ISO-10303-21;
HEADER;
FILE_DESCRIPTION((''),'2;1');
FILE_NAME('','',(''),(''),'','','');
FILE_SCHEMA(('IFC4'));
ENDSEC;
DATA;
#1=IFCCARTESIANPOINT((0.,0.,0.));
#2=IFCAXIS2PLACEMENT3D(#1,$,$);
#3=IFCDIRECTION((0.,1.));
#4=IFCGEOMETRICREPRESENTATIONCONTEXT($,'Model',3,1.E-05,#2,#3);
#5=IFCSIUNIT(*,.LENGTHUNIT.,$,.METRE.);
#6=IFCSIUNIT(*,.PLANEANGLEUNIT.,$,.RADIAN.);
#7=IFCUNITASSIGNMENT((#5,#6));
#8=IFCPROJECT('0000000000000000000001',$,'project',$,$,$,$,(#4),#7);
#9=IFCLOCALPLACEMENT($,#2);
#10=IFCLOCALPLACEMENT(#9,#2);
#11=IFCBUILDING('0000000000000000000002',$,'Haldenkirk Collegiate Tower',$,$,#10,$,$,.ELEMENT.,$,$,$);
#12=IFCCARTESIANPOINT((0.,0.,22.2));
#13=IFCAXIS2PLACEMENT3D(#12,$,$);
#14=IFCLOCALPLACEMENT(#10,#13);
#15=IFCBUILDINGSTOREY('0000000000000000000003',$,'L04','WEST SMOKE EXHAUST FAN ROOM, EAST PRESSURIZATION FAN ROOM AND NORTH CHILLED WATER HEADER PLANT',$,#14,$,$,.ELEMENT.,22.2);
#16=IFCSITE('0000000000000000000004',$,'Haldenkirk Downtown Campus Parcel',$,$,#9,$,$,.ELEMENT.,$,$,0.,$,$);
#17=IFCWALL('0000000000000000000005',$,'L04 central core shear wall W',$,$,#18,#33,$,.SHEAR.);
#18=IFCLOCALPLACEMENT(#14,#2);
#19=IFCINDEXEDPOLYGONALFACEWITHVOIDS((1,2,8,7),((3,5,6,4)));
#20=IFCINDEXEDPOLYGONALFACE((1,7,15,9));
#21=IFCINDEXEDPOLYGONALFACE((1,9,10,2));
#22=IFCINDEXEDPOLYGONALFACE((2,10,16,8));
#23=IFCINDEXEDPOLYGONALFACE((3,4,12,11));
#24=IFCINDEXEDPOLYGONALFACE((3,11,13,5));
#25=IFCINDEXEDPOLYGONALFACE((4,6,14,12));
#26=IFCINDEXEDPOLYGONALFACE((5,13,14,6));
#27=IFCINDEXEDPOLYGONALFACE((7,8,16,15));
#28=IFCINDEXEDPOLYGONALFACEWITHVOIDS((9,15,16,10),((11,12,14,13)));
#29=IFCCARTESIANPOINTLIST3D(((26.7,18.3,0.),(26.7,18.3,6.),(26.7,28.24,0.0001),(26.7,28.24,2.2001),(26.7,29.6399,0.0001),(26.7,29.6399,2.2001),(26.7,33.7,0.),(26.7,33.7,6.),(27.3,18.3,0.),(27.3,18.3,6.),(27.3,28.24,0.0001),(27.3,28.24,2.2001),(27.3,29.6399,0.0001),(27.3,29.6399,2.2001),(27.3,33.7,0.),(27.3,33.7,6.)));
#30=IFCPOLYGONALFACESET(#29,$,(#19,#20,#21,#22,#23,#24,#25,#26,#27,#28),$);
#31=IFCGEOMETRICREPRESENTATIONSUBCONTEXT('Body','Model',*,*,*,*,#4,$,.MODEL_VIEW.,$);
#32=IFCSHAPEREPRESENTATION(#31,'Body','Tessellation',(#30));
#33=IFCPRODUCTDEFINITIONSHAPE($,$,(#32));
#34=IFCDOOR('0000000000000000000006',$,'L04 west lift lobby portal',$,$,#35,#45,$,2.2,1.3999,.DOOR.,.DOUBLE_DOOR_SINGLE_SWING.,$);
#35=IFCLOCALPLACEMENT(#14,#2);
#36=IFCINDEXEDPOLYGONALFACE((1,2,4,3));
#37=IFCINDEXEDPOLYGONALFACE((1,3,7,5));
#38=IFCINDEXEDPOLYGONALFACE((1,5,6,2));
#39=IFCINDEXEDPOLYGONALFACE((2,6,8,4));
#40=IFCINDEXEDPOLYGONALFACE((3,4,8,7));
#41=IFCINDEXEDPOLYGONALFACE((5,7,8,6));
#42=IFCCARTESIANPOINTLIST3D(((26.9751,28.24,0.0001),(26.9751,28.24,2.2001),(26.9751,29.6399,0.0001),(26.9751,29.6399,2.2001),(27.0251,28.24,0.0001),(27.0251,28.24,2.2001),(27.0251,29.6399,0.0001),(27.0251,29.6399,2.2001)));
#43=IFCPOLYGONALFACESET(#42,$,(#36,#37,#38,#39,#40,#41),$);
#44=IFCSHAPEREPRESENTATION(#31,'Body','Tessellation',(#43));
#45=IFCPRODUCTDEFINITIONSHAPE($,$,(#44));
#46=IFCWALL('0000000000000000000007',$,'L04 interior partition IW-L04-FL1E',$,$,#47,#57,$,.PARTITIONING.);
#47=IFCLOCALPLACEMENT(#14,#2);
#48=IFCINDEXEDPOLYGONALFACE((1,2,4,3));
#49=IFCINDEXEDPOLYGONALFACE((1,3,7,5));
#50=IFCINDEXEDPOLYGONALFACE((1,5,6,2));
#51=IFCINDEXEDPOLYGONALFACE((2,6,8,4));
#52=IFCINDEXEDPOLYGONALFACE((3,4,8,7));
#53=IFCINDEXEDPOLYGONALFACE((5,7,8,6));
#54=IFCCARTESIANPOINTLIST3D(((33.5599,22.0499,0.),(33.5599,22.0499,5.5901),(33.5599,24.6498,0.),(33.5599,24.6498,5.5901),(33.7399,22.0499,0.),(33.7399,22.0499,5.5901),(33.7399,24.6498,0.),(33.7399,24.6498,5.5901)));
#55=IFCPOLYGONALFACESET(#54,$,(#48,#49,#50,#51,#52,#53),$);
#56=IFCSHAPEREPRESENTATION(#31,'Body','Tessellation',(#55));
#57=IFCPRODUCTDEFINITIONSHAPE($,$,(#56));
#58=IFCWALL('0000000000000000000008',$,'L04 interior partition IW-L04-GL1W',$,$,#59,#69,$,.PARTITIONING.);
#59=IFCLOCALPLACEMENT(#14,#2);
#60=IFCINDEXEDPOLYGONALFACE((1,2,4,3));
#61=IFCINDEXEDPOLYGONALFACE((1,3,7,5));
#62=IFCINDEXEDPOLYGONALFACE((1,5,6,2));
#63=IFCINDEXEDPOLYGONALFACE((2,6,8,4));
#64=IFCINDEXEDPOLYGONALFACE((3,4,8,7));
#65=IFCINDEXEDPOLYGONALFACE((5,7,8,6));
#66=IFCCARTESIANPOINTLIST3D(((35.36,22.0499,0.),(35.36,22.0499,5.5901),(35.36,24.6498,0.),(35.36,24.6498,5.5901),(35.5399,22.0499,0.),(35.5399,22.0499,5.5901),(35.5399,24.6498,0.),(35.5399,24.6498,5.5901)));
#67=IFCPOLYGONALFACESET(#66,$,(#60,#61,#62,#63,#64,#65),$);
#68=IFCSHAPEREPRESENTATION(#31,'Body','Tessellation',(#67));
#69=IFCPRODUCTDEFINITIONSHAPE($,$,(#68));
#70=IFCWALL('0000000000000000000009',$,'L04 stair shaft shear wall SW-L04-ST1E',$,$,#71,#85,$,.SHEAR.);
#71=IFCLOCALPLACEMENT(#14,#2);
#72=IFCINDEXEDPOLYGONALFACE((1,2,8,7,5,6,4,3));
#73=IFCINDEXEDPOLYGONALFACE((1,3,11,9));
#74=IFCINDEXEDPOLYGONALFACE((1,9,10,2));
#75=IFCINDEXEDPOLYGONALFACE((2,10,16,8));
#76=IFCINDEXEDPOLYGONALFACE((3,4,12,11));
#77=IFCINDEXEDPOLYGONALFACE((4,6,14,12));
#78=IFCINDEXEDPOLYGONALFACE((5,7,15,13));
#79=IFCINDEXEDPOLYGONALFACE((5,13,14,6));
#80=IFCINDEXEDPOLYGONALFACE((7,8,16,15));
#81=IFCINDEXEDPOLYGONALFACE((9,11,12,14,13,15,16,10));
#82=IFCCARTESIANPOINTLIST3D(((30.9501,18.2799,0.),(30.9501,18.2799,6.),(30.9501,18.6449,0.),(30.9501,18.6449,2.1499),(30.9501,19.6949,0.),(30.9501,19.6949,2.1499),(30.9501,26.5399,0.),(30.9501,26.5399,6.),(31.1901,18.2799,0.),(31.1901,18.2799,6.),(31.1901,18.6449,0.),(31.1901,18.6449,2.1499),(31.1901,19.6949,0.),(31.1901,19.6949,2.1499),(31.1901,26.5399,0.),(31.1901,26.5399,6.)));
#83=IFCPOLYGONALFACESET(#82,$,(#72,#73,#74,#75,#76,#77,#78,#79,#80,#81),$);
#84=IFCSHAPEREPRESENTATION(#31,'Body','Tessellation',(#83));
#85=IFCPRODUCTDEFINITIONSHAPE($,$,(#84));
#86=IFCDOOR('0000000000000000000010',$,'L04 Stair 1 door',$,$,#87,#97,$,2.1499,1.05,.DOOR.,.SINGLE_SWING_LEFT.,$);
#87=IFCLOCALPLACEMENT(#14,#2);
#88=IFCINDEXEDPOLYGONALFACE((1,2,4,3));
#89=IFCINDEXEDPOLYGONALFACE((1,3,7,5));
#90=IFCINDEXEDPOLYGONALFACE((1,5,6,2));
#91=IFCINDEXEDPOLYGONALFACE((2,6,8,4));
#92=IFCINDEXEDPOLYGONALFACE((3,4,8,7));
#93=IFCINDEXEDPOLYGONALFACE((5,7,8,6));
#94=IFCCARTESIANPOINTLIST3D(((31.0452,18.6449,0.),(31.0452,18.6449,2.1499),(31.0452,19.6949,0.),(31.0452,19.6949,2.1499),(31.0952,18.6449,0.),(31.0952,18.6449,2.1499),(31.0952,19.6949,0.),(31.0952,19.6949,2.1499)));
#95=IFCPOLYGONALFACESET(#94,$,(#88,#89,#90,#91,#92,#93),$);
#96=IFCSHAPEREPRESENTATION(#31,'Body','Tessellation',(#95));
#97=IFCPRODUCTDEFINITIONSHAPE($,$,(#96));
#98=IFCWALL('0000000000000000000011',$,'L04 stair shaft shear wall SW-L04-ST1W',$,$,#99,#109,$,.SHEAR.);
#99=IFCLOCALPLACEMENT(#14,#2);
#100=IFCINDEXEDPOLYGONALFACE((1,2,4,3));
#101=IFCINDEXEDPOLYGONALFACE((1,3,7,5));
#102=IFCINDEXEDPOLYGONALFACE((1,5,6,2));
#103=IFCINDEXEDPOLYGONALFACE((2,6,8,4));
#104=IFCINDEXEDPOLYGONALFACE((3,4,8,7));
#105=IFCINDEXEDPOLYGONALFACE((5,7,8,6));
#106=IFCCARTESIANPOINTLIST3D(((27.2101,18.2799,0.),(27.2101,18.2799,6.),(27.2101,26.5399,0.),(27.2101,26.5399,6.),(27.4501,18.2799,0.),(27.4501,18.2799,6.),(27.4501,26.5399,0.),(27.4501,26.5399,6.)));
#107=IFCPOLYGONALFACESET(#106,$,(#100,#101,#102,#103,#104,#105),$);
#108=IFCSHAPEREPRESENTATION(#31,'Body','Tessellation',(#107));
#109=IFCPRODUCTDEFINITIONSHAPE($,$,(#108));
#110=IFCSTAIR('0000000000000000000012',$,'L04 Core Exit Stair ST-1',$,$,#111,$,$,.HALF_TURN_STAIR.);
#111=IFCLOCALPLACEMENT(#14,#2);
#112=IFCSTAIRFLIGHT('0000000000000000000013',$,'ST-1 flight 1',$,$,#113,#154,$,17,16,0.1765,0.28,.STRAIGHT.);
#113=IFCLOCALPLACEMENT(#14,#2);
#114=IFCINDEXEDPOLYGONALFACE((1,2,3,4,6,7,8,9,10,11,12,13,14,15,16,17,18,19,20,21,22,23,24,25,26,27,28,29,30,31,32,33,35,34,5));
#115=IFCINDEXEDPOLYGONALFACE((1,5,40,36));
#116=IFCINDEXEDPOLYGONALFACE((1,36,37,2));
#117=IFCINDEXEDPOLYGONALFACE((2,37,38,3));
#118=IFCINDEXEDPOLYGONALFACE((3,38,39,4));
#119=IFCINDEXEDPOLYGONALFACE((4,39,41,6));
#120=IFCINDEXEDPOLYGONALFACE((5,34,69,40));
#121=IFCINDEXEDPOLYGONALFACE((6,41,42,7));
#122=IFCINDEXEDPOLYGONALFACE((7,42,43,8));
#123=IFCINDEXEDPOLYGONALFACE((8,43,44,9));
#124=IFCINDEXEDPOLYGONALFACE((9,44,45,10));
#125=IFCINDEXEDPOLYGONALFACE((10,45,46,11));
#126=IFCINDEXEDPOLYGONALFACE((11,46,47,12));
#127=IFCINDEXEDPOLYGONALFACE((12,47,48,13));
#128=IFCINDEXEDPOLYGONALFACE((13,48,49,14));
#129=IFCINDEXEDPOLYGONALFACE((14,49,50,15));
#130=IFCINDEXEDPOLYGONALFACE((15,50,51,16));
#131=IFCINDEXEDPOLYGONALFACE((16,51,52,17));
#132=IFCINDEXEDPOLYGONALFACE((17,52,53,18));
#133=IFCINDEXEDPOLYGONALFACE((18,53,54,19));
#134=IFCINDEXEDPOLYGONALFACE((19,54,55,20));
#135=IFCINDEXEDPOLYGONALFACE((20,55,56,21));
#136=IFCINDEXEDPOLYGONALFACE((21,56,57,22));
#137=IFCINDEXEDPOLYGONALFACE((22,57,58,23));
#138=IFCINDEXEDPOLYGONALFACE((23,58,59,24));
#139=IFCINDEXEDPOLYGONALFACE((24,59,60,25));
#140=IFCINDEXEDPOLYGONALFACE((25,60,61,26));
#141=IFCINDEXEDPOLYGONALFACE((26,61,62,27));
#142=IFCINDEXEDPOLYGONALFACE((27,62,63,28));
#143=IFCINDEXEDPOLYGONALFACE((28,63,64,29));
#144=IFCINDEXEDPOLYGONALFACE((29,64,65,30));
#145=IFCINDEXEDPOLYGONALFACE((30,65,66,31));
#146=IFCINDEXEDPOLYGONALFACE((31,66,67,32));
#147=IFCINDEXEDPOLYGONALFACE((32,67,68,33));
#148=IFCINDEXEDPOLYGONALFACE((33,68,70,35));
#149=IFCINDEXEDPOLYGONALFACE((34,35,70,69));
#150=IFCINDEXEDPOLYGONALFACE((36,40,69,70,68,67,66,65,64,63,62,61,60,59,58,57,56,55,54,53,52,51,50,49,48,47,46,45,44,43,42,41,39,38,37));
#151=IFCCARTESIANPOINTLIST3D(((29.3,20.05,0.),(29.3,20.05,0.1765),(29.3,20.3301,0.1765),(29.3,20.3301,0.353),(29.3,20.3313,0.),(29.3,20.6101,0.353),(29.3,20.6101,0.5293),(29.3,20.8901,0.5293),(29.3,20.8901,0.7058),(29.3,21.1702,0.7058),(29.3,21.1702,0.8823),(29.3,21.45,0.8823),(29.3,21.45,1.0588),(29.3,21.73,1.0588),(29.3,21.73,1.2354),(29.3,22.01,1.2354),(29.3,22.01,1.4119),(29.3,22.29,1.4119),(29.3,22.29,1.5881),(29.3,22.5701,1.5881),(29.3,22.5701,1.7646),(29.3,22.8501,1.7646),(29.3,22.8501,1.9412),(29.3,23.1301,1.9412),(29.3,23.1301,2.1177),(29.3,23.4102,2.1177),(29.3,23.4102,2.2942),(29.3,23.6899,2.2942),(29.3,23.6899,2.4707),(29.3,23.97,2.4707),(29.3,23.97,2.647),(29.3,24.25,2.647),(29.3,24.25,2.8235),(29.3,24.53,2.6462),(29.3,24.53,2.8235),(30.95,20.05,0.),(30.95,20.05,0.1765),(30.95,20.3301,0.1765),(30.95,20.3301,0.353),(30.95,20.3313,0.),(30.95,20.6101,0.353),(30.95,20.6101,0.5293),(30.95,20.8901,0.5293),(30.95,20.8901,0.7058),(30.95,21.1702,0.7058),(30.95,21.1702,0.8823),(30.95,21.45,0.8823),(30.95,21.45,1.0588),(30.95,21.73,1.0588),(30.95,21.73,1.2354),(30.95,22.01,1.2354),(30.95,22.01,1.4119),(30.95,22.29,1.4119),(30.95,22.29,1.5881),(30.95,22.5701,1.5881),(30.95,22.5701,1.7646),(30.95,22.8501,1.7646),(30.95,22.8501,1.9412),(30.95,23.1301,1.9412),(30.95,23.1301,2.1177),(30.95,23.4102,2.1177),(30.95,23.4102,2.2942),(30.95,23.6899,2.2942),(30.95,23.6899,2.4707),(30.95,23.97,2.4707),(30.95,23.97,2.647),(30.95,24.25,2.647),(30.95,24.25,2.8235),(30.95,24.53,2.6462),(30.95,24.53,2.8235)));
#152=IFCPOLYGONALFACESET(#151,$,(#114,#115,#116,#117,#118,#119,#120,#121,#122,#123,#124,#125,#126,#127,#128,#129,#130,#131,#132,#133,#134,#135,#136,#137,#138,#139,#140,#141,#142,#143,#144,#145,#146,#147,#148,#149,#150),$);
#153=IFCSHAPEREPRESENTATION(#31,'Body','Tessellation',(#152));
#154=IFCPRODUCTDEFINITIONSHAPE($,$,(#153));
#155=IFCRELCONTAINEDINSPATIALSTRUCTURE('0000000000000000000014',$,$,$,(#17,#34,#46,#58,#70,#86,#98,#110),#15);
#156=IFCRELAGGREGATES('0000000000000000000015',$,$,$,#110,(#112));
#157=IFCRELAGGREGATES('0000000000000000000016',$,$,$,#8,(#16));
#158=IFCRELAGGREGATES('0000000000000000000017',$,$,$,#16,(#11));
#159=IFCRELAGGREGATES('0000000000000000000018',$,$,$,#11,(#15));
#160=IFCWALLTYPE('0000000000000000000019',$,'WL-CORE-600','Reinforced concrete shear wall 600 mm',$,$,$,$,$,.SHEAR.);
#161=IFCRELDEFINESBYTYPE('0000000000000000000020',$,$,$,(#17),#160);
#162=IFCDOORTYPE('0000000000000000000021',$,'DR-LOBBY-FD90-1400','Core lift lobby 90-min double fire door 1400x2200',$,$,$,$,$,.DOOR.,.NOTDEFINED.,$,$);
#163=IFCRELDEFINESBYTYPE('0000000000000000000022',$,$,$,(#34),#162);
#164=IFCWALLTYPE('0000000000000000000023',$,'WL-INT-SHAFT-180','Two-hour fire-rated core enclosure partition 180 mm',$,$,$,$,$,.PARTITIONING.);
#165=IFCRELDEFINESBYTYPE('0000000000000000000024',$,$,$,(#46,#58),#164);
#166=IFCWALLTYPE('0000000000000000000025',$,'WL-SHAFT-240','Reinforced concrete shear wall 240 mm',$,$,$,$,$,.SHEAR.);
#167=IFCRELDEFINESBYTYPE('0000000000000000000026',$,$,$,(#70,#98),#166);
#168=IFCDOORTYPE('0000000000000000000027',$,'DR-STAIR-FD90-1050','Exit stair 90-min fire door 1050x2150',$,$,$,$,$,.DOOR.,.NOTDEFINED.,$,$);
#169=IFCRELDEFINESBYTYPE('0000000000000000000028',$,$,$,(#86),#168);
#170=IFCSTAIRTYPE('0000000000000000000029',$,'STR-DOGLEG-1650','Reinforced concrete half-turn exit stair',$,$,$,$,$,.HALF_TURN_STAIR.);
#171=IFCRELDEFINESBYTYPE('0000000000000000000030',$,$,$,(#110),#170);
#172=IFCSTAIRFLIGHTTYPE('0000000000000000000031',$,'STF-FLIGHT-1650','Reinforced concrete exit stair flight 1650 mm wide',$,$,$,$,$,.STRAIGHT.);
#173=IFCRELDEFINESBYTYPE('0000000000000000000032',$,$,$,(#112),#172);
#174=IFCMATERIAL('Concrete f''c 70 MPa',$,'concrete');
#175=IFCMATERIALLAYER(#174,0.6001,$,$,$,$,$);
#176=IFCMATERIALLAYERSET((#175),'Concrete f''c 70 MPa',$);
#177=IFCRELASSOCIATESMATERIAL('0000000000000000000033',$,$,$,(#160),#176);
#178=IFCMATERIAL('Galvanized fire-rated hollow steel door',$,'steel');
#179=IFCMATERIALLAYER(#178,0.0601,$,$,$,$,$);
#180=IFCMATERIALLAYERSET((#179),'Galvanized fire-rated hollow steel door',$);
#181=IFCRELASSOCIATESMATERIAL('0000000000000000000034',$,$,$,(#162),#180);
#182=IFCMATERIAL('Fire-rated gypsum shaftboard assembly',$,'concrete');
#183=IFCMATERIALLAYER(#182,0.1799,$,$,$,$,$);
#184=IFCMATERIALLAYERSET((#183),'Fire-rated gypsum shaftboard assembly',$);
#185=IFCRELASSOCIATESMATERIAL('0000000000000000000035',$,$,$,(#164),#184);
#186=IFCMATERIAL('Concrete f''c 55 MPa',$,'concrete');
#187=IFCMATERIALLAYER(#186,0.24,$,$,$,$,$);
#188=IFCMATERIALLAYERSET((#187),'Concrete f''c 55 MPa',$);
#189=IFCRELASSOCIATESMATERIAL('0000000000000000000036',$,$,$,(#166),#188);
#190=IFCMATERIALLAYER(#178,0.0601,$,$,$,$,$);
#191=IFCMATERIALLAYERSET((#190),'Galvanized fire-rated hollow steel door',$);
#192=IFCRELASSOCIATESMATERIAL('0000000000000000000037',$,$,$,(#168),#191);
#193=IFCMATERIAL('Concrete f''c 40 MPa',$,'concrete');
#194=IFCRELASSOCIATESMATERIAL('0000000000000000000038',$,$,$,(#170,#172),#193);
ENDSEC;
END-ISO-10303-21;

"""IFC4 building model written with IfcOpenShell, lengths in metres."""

from ifc_helpers import new_model, si_unit, direction, frame, frame_2d, origin, place, context, subcontext, project, spatial, polyline, rectangle, outline, extrude, material, layer, layer_set, type_object, element, fill, aggregate, save


model = new_model("IFC4")

# Units and contexts
model_context = context("Model", 3, precision=1e-05, world=origin(), true_north=direction((0.0, 1.0)))
body_context = subcontext(model_context, "Body", "Model", "MODEL_VIEW")
ifc_project = project(units=[si_unit("LENGTHUNIT", "METRE"), si_unit("PLANEANGLEUNIT", "RADIAN")], contexts=[model_context])

# Site, building, storey
site_placement = place(None, origin())
site = spatial("IfcSite", under=ifc_project, at=site_placement, Name="Haldenkirk Downtown Campus Parcel", CompositionType="ELEMENT", RefElevation=0.0)
building_placement = place(site_placement, origin())
building = spatial("IfcBuilding", under=site, at=building_placement, Name="Haldenkirk Collegiate Tower", CompositionType="ELEMENT")
storey_placement = place(building_placement, frame((0.0, 0.0, 22.2)))
storey = spatial("IfcBuildingStorey", under=building, at=storey_placement, Name="L04", Description="WEST SMOKE EXHAUST FAN ROOM, EAST PRESSURIZATION FAN ROOM AND NORTH CHILLED WATER HEADER PLANT", CompositionType="ELEMENT", Elevation=22.2)

# Shared definitions
ifc_material_1 = material(Name="Concrete f'c 70 MPa", Category="concrete")
ifc_layer_1 = layer(ifc_material_1, 0.6001)
ifc_layer_set_1 = layer_set([ifc_layer_1], Name="Concrete f'c 70 MPa")
wall_type_1 = type_object("IfcWallType", Name="WL-CORE-600", Description="Reinforced concrete shear wall 600 mm", PredefinedType="SHEAR", material=ifc_layer_set_1)
ifc_material_2 = material(Name="Galvanized fire-rated hollow steel door", Category="steel")

# Wall, opening, door
wall_1_placement = place(storey_placement, frame((27.0, 18.3, 0.0), z_axis=(0.0, 0.0, 1.0), x_axis=(0.0, 1.0, 0.0)))
wall_1 = element("IfcWall", 1, at=wall_1_placement, inside=storey, type_object=wall_type_1, Name="L04 central core shear wall W", PredefinedType="SHEAR", context=body_context, shape_type="SweptSolid", body=[
    extrude(rectangle(XDim=15.3999, YDim=0.6001, at=frame_2d((7.7, 0.0))), origin(), (0.0, 0.0, 1.0), 6.0),
])
opening_1_placement = place(wall_1_placement, frame((9.9399, 0.0, 0.0)))
opening_1 = element("IfcOpeningElement", 2, at=opening_1_placement, cuts=wall_1, PredefinedType="OPENING", context=body_context, shape_type="SweptSolid", body=[
    extrude(rectangle(XDim=1.3999, YDim=2.2, at=frame_2d((0.7, 1.1001))), frame((0.0, 0.3101, 0.0), z_axis=(0.0, -1.0, 0.0), x_axis=(1.0, 0.0, 0.0)), (0.0, 0.0, 1.0), 0.6201),
])
ifc_layer_2 = layer(ifc_material_2, 0.0601)
ifc_layer_set_2 = layer_set([ifc_layer_2], Name="Galvanized fire-rated hollow steel door")
door_type_1 = type_object("IfcDoorType", Name="DR-LOBBY-FD90-1400", Description="Core lift lobby 90-min double fire door 1400x2200", OperationType="NOTDEFINED", PredefinedType="DOOR", material=ifc_layer_set_2)
door_1_placement = place(opening_1_placement, origin())
door_1 = element("IfcDoor", 3, at=door_1_placement, inside=storey, type_object=door_type_1, Name="L04 west lift lobby portal", OperationType="DOUBLE_DOOR_SINGLE_SWING", OverallHeight=2.2, OverallWidth=1.3999, PredefinedType="DOOR", context=body_context, shape_type="SweptSolid", body=[
    extrude(rectangle(XDim=1.3999, YDim=2.2, at=frame_2d((0.7, 1.1001))), frame((0.0, 0.0249, 0.0), z_axis=(0.0, -1.0, 0.0), x_axis=(1.0, 0.0, 0.0)), (0.0, 0.0, 1.0), 0.05),
])
fill(opening_1, door_1)

# Walls
ifc_material_3 = material(Name="Fire-rated gypsum shaftboard assembly", Category="concrete")
ifc_layer_3 = layer(ifc_material_3, 0.1799)
ifc_layer_set_3 = layer_set([ifc_layer_3], Name="Fire-rated gypsum shaftboard assembly")
wall_type_2 = type_object("IfcWallType", Name="WL-INT-SHAFT-180", Description="Two-hour fire-rated core enclosure partition 180 mm", PredefinedType="PARTITIONING", material=ifc_layer_set_3)
for number, where, z_axis, x_axis, name in (
    (4, (33.6499, 22.05, 0.0), (0.0, 0.0, 1.0), (0.0, 1.0, 0.0), "L04 interior partition IW-L04-FL1E"),
    (5, (35.45, 22.05, 0.0), (0.0, 0.0, 1.0), (0.0, 1.0, 0.0), "L04 interior partition IW-L04-GL1W"),
):
    element("IfcWall", number, at=place(storey_placement, frame(where, z_axis=z_axis, x_axis=x_axis)), inside=storey, type_object=wall_type_2, Name=name, PredefinedType="PARTITIONING", context=body_context, shape_type="SweptSolid", body=[
        extrude(rectangle(XDim=2.5999, YDim=0.1799, at=frame_2d((1.2998, 0.0))), origin(), (0.0, 0.0, 1.0), 5.5901),
    ])

# Wall, opening, door
ifc_material_4 = material(Name="Concrete f'c 55 MPa", Category="concrete")
ifc_layer_4 = layer(ifc_material_4, 0.24)
ifc_layer_set_4 = layer_set([ifc_layer_4], Name="Concrete f'c 55 MPa")
wall_type_3 = type_object("IfcWallType", Name="WL-SHAFT-240", Description="Reinforced concrete shear wall 240 mm", PredefinedType="SHEAR", material=ifc_layer_set_4)
wall_2_placement = place(storey_placement, frame((31.0701, 18.28, 0.0), z_axis=(0.0, 0.0, 1.0), x_axis=(0.0, 1.0, 0.0)))
wall_2 = element("IfcWall", 6, at=wall_2_placement, inside=storey, type_object=wall_type_3, Name="L04 stair shaft shear wall SW-L04-ST1E", PredefinedType="SHEAR", context=body_context, shape_type="SweptSolid", body=[
    extrude(rectangle(XDim=8.26, YDim=0.24, at=frame_2d((4.1299, 0.0))), origin(), (0.0, 0.0, 1.0), 6.0),
])
opening_2_placement = place(wall_2_placement, frame((0.365, 0.0, 0.0)))
opening_2 = element("IfcOpeningElement", 7, at=opening_2_placement, cuts=wall_2, PredefinedType="OPENING", context=body_context, shape_type="SweptSolid", body=[
    extrude(rectangle(XDim=1.05, YDim=2.1499, at=frame_2d((0.5249, 1.075))), frame((0.0, 0.1299, 0.0), z_axis=(0.0, -1.0, 0.0), x_axis=(1.0, 0.0, 0.0)), (0.0, 0.0, 1.0), 0.26),
])
ifc_layer_5 = layer(ifc_material_2, 0.0601)
ifc_layer_set_5 = layer_set([ifc_layer_5], Name="Galvanized fire-rated hollow steel door")
door_type_2 = type_object("IfcDoorType", Name="DR-STAIR-FD90-1050", Description="Exit stair 90-min fire door 1050x2150", OperationType="NOTDEFINED", PredefinedType="DOOR", material=ifc_layer_set_5)
door_2_placement = place(opening_2_placement, origin())
door_2 = element("IfcDoor", 8, at=door_2_placement, inside=storey, type_object=door_type_2, Name="L04 Stair 1 door", OperationType="SINGLE_SWING_LEFT", OverallHeight=2.1499, OverallWidth=1.05, PredefinedType="DOOR", context=body_context, shape_type="SweptSolid", body=[
    extrude(rectangle(XDim=1.05, YDim=2.1499, at=frame_2d((0.5249, 1.075))), frame((0.0, 0.0249, 0.0), z_axis=(0.0, -1.0, 0.0), x_axis=(1.0, 0.0, 0.0)), (0.0, 0.0, 1.0), 0.05),
])
fill(opening_2, door_2)

# Wall
wall_3_placement = place(storey_placement, frame((27.3301, 18.28, 0.0), z_axis=(0.0, 0.0, 1.0), x_axis=(0.0, 1.0, 0.0)))
element("IfcWall", 9, at=wall_3_placement, inside=storey, type_object=wall_type_3, Name="L04 stair shaft shear wall SW-L04-ST1W", PredefinedType="SHEAR", context=body_context, shape_type="SweptSolid", body=[
    extrude(rectangle(XDim=8.26, YDim=0.24, at=frame_2d((4.1299, 0.0))), origin(), (0.0, 0.0, 1.0), 6.0),
])

# Stair, stair flight
ifc_material_5 = material(Name="Concrete f'c 40 MPa", Category="concrete")
stair_type = type_object("IfcStairType", Name="STR-DOGLEG-1650", Description="Reinforced concrete half-turn exit stair", PredefinedType="HALF_TURN_STAIR", material=ifc_material_5)
stair_placement = place(storey_placement, origin())
stair = element("IfcStair", 10, at=stair_placement, inside=storey, type_object=stair_type, Name="L04 Core Exit Stair ST-1", PredefinedType="HALF_TURN_STAIR")
stair_flight_type = type_object("IfcStairFlightType", Name="STF-FLIGHT-1650", Description="Reinforced concrete exit stair flight 1650 mm wide", PredefinedType="STRAIGHT", material=ifc_material_5)
stair_flight_placement = place(storey_placement, frame((30.125, 20.05, 0.0), z_axis=(0.0, 0.0, 1.0), x_axis=(0.0, 1.0, 0.0)))
stair_flight = element("IfcStairFlight", 11, at=stair_flight_placement, type_object=stair_flight_type, Name="ST-1 flight 1", NumberOfRisers=17, NumberOfTreads=16, PredefinedType="STRAIGHT", RiserHeight=0.1765, TreadLength=0.28, context=body_context, shape_type="SweptSolid", body=[
    extrude(outline(polyline([(0.0, 0.0), (0.0, 0.1765), (0.28, 0.1765), (0.28, 0.353), (0.5601, 0.353), (0.5601, 0.5293), (0.8401, 0.5293), (0.8401, 0.7058), (1.1201, 0.7058), (1.1201, 0.8823), (1.3999, 0.8823), (1.3999, 1.0588), (1.6799, 1.0588), (1.6799, 1.2354), (1.96, 1.2354), (1.96, 1.4119), (2.24, 1.4119), (2.24, 1.5881), (2.52, 1.5881), (2.52, 1.7646), (2.8, 1.7646), (2.8, 1.9412), (3.0801, 1.9412), (3.0801, 2.1177), (3.3601, 2.1177), (3.3601, 2.2942), (3.6399, 2.2942), (3.6399, 2.4707), (3.9199, 2.4707), (3.9199, 2.647), (4.2, 2.647), (4.2, 2.8235), (4.48, 2.8235), (4.48, 3.0), (4.48, 2.6462), (0.2812, 0.0), (0.0, 0.0)])), frame((0.0, 0.825, 0.0), z_axis=(0.0, -1.0, 0.0), x_axis=(1.0, 0.0, 0.0)), (0.0, 0.0, 1.0), 1.6499),
])
aggregate(stair, [stair_flight])

save(model, "model.ifc")
